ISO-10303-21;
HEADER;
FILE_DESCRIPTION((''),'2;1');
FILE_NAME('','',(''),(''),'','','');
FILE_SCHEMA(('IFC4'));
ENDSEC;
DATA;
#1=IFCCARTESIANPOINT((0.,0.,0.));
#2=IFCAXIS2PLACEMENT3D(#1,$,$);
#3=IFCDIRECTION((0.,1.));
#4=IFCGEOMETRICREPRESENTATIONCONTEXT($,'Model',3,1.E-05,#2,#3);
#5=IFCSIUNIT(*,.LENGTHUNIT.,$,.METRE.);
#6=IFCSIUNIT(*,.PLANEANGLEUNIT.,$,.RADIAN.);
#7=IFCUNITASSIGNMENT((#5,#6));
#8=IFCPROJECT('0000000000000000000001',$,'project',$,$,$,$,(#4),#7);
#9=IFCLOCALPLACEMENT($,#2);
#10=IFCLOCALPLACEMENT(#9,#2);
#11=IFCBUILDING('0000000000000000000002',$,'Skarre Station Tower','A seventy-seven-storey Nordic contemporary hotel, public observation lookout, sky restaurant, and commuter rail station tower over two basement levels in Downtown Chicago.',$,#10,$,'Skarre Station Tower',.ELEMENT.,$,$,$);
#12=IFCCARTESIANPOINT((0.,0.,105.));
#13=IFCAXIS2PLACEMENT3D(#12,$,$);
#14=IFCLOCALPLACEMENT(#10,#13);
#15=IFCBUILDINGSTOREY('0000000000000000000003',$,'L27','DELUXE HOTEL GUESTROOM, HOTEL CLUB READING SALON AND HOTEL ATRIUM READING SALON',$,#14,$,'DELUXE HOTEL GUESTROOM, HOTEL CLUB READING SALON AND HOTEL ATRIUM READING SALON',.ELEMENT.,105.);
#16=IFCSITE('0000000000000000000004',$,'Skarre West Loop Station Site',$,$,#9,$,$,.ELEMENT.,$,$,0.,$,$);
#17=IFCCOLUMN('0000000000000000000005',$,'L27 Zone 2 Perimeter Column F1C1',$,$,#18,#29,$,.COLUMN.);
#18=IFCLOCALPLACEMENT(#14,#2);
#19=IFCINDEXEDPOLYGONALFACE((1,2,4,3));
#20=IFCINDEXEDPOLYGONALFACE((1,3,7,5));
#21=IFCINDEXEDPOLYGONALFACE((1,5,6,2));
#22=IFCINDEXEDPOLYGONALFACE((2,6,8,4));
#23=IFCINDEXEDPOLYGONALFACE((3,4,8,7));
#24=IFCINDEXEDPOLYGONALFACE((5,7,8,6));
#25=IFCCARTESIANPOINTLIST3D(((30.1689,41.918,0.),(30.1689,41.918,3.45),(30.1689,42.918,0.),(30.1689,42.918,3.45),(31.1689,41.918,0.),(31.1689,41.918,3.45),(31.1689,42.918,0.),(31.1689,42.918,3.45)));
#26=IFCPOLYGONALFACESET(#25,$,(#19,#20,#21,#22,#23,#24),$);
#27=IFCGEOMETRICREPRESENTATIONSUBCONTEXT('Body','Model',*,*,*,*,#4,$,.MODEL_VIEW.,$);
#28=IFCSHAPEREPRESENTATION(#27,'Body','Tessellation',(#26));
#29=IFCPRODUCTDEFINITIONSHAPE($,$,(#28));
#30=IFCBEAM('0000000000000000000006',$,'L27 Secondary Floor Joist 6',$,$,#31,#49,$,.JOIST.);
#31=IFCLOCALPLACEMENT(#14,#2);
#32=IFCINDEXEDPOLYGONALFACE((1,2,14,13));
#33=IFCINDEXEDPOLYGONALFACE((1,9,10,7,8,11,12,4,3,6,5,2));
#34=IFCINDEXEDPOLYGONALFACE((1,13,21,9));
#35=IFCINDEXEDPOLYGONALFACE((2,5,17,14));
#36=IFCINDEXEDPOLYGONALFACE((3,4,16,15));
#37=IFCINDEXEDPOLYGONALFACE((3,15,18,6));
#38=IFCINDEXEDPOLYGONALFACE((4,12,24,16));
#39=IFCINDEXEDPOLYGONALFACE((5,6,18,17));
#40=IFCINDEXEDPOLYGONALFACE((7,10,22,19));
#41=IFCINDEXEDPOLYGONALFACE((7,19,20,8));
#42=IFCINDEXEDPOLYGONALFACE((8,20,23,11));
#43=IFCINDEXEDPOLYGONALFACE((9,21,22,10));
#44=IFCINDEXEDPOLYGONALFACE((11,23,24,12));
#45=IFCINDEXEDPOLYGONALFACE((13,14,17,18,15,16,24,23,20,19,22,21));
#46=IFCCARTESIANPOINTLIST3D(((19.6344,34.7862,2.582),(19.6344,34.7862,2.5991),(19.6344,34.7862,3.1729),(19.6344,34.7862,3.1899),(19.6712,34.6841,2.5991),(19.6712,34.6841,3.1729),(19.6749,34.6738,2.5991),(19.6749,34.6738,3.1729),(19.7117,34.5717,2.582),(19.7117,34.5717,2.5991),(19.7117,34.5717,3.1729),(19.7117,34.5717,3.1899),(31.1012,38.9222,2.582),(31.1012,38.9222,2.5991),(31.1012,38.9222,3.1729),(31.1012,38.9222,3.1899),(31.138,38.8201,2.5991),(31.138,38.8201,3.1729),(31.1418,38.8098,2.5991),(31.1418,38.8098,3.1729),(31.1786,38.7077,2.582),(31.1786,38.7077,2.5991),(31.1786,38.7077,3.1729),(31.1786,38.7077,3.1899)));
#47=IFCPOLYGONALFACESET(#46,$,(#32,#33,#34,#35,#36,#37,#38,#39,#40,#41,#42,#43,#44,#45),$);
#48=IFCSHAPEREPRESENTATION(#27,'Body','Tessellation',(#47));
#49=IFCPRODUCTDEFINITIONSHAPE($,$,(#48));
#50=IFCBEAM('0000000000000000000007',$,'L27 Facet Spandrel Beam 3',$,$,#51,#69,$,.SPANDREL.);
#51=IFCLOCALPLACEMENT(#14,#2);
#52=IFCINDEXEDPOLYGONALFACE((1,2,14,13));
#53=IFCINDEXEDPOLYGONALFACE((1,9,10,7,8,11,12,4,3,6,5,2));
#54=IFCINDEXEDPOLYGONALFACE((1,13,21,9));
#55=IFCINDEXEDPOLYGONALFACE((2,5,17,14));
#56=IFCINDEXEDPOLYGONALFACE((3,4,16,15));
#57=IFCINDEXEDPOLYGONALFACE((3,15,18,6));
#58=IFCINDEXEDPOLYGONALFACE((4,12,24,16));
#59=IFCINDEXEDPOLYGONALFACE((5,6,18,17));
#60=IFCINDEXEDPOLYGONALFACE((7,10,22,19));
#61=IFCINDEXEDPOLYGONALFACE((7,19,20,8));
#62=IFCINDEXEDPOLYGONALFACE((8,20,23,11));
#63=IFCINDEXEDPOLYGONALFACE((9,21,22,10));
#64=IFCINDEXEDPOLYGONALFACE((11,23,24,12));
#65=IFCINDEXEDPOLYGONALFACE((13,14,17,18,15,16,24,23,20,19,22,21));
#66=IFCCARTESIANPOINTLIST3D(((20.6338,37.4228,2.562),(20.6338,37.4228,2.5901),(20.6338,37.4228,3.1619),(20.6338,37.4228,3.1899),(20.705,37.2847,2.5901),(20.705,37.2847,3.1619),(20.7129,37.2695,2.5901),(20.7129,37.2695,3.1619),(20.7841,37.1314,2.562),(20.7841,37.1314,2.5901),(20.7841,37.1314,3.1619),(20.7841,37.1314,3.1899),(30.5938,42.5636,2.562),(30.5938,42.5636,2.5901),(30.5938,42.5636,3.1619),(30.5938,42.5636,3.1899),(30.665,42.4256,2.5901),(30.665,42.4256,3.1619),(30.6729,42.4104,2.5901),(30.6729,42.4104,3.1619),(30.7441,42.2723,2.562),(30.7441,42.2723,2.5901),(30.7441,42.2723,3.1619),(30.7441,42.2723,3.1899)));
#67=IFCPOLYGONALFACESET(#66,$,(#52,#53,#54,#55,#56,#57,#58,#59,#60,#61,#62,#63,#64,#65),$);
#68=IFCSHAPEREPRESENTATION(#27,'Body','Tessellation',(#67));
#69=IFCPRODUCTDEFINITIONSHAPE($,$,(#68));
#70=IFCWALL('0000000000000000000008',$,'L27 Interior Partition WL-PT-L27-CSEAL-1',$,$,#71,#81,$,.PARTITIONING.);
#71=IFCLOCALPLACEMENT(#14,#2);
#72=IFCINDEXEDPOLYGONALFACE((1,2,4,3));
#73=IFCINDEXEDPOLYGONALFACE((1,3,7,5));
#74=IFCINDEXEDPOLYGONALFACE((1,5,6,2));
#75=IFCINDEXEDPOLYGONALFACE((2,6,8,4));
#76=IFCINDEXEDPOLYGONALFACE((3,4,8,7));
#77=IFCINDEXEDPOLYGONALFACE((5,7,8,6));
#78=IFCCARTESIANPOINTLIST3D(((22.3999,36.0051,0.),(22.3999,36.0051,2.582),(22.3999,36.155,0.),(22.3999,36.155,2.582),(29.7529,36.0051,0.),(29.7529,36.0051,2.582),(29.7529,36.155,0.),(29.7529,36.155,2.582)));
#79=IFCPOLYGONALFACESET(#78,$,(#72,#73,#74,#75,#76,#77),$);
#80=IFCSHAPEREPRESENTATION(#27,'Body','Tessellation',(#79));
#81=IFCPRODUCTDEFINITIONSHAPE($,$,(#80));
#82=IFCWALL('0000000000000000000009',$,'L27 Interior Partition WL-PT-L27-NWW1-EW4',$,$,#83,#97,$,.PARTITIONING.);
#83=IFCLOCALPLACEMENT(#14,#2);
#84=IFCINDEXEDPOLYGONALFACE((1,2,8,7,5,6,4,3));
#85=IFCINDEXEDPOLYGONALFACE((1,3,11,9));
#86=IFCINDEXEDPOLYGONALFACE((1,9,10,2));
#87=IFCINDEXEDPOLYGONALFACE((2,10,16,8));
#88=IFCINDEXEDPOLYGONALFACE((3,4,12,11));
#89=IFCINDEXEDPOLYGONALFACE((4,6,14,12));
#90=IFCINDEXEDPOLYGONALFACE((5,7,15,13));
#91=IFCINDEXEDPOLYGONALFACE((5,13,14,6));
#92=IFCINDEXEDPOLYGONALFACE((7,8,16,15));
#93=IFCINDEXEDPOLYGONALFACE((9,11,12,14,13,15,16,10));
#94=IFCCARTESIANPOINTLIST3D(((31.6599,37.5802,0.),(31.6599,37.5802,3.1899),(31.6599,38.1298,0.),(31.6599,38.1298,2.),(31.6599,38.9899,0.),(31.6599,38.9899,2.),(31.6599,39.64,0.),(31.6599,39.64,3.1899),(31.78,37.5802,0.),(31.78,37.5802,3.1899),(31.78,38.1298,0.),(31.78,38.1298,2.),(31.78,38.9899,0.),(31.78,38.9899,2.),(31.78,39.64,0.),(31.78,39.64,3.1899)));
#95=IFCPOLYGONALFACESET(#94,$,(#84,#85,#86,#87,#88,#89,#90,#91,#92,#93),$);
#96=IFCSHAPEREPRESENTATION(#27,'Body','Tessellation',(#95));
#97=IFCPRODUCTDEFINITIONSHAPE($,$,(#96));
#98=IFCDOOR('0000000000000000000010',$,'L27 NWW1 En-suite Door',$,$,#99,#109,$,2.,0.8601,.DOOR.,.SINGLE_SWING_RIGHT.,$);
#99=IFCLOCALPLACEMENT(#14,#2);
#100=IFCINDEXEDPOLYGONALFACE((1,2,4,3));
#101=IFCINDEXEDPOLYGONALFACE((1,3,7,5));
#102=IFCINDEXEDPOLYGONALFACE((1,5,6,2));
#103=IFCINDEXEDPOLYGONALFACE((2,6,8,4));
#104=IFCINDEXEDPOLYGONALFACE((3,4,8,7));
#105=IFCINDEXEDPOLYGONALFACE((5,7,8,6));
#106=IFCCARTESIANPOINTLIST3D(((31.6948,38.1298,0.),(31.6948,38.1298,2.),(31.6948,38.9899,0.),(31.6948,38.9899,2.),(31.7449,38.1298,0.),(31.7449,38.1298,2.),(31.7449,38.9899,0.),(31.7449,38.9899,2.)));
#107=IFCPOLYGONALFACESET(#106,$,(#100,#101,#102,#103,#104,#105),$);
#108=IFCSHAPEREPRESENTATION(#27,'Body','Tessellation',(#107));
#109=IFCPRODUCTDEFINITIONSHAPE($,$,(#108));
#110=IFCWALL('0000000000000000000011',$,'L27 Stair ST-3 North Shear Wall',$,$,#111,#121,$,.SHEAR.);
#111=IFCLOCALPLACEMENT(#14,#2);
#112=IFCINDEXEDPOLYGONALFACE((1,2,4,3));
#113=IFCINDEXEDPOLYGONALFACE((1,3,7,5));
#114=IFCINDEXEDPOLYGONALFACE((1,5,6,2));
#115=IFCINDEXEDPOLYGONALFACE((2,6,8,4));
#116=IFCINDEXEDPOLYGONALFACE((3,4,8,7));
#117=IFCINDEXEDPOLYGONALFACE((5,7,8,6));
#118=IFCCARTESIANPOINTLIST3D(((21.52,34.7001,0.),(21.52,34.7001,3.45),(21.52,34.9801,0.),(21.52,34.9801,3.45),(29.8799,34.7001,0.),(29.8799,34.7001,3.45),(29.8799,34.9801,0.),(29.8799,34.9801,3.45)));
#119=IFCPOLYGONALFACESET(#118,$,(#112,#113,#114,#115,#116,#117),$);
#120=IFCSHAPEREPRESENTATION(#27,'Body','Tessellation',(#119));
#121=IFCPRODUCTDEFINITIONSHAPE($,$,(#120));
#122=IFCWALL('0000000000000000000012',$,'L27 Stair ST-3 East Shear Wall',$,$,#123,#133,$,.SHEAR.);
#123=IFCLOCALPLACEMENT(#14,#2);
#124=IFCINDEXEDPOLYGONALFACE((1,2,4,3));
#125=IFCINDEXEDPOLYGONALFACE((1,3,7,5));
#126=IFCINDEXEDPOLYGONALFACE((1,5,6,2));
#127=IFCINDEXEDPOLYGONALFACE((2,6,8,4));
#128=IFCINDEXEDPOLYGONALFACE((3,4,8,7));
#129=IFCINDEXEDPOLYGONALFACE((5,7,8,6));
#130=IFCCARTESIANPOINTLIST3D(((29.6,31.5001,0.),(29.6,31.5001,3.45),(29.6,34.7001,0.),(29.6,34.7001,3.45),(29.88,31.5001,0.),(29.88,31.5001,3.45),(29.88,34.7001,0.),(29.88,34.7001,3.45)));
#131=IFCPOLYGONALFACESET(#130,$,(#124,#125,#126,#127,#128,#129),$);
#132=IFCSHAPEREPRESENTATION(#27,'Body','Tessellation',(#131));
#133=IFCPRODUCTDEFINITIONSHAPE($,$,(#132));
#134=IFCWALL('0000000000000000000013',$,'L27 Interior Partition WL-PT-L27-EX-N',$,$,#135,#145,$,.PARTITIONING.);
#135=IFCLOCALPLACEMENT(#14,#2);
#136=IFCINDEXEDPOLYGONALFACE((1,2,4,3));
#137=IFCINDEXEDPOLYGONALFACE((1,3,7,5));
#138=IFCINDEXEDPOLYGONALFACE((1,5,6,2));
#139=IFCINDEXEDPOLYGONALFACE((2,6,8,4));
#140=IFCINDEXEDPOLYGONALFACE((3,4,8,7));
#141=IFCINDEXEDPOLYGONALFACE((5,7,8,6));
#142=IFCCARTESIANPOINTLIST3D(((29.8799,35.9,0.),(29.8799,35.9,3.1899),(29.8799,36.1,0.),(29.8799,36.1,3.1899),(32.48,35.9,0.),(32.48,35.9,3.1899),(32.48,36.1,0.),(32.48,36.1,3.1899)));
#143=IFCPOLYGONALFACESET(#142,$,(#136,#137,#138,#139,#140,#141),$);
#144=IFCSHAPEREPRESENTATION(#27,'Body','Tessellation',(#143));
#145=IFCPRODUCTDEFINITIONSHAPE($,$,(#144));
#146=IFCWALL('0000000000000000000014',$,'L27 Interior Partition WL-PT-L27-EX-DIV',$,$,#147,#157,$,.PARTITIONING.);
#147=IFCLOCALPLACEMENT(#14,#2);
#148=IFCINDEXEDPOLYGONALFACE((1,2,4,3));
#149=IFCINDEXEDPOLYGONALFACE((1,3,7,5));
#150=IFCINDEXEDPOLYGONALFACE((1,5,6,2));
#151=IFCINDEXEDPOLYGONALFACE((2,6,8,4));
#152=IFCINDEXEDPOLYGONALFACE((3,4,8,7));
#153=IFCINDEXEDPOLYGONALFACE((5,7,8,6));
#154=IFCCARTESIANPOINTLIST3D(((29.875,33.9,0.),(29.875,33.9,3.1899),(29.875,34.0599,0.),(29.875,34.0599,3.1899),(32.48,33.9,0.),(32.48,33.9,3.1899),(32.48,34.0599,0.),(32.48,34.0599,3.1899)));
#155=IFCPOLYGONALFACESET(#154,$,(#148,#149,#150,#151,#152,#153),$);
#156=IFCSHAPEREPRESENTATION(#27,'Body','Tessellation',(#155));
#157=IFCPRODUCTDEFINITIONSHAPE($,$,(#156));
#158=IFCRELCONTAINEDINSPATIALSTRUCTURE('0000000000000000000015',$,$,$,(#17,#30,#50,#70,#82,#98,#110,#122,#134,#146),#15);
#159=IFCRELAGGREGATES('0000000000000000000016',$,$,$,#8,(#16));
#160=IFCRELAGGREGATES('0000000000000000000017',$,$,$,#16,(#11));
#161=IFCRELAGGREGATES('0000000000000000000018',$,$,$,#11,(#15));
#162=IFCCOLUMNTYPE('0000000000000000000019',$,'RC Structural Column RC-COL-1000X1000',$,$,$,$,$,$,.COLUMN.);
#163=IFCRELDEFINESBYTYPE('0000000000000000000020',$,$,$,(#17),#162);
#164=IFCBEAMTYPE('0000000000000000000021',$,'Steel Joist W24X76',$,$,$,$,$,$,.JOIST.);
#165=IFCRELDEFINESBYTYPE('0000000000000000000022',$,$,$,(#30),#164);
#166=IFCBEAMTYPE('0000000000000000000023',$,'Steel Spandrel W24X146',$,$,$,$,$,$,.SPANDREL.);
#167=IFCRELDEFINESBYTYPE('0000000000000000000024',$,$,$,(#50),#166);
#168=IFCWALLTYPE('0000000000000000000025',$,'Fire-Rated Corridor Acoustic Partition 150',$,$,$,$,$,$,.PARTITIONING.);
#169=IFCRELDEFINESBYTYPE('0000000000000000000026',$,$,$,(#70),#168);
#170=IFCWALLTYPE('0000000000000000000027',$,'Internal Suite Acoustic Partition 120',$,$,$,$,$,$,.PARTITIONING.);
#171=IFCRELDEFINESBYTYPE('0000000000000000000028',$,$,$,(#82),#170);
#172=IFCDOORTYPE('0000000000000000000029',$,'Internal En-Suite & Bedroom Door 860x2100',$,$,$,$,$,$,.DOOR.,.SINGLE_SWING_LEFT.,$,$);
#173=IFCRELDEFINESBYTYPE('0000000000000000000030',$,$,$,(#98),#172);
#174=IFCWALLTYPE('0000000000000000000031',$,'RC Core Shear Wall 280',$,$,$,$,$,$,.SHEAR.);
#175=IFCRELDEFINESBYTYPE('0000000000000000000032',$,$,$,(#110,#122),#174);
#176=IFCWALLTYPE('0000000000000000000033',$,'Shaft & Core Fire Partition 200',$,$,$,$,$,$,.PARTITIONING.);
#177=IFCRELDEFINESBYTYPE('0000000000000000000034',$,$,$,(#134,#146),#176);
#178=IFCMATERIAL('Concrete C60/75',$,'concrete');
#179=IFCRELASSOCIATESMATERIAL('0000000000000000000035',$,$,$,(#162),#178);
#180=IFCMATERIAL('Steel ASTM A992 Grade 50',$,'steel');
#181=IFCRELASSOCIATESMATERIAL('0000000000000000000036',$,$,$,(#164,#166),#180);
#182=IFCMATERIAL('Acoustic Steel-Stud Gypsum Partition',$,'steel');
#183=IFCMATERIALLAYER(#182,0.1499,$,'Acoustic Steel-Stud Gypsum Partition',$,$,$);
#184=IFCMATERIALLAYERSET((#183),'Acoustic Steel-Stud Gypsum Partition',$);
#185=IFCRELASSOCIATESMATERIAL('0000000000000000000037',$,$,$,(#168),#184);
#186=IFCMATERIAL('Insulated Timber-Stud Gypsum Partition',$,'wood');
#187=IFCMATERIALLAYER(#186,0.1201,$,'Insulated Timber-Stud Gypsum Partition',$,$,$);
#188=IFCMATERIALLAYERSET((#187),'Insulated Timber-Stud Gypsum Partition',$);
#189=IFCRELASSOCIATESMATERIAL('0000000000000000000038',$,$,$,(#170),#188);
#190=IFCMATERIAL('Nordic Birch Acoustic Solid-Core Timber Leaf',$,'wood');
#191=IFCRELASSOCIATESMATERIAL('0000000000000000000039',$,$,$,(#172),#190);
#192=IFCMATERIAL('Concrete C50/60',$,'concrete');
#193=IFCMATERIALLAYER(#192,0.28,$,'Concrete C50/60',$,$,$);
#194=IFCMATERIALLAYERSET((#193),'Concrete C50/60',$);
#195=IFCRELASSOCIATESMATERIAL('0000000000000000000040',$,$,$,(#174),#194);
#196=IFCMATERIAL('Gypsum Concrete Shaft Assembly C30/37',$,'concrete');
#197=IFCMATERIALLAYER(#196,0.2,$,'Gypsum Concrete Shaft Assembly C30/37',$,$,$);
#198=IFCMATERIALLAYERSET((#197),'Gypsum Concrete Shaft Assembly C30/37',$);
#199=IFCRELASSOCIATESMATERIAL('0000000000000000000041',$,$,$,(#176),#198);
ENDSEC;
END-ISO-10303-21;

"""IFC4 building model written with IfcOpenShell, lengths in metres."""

from ifc_helpers import new_model, si_unit, direction, frame, frame_2d, origin, origin_2d, place, context, subcontext, project, spatial, rectangle, i_section, extrude, material, layer, layer_set, material_profile, profile_set, type_object, element, fill, save


model = new_model("IFC4")

# Units and contexts
model_context = context("Model", 3, precision=1e-05, world=origin(), true_north=direction((0.0, 1.0)))
body_context = subcontext(model_context, "Body", "Model", "MODEL_VIEW")
ifc_project = project(units=[si_unit("LENGTHUNIT", "METRE"), si_unit("PLANEANGLEUNIT", "RADIAN")], contexts=[model_context])

# Site, building, storey
site_placement = place(None, origin())
site = spatial("IfcSite", under=ifc_project, at=site_placement, Name="Skarre West Loop Station Site", CompositionType="ELEMENT", RefElevation=0.0)
building_placement = place(site_placement, origin())
building = spatial("IfcBuilding", under=site, at=building_placement, Name="Skarre Station Tower", Description="A seventy-seven-storey Nordic contemporary hotel, public observation lookout, sky restaurant, and commuter rail station tower over two basement levels in Downtown Chicago.", LongName="Skarre Station Tower", CompositionType="ELEMENT")
storey_placement = place(building_placement, frame((0.0, 0.0, 105.0)))
storey = spatial("IfcBuildingStorey", under=building, at=storey_placement, Name="L27", Description="DELUXE HOTEL GUESTROOM, HOTEL CLUB READING SALON AND HOTEL ATRIUM READING SALON", LongName="DELUXE HOTEL GUESTROOM, HOTEL CLUB READING SALON AND HOTEL ATRIUM READING SALON", CompositionType="ELEMENT", Elevation=105.0)

# Column
ifc_material_1 = material(Name="Concrete C60/75", Category="concrete")
ifc_material_profile_1 = material_profile(ifc_material_1, rectangle(XDim=1.0, YDim=1.0, at=origin_2d()), Name="Concrete C60/75")
ifc_profile_set_1 = profile_set([ifc_material_profile_1], Name="Concrete C60/75")
column_type = type_object("IfcColumnType", Name="RC Structural Column RC-COL-1000X1000", PredefinedType="COLUMN", material=ifc_profile_set_1)
column_placement = place(storey_placement, frame((30.6689, 42.418, 0.0), z_axis=(0.0, 0.0, 1.0), x_axis=(1.0, 0.0, 0.0)))
element("IfcColumn", 1, at=column_placement, inside=storey, type_object=column_type, Name="L27 Zone 2 Perimeter Column F1C1", PredefinedType="COLUMN", context=body_context, shape_type="SweptSolid", body=[
    extrude(rectangle(XDim=1.0, YDim=1.0, at=origin_2d()), origin(), (0.0, 0.0, 1.0), 3.45),
])

# Beams
ifc_material_2 = material(Name="Steel ASTM A992 Grade 50", Category="steel")
ifc_material_profile_2 = material_profile(ifc_material_2, i_section(OverallWidth=0.228, OverallDepth=0.6079, WebThickness=0.011, FlangeThickness=0.0171, at=origin_2d()), Name="Steel ASTM A992 Grade 50")
ifc_profile_set_2 = profile_set([ifc_material_profile_2], Name="Steel ASTM A992 Grade 50")
beam_type_1 = type_object("IfcBeamType", Name="Steel Joist W24X76", PredefinedType="JOIST", material=ifc_profile_set_2)
beam_1_placement = place(storey_placement, frame((31.1399, 38.8149, 2.886), z_axis=(-0.94068, -0.339296, 0.0), x_axis=(0.339296, -0.94068, 0.0)))
element("IfcBeam", 2, at=beam_1_placement, inside=storey, type_object=beam_type_1, Name="L27 Secondary Floor Joist 6", PredefinedType="JOIST", context=body_context, shape_type="SweptSolid", body=[
    extrude(i_section(OverallWidth=0.228, OverallDepth=0.6079, WebThickness=0.011, FlangeThickness=0.0171, at=origin_2d()), origin(), (0.0, 0.0, 1.0), 12.1899),
])
ifc_material_profile_3 = material_profile(ifc_material_2, i_section(OverallWidth=0.3279, OverallDepth=0.6279, WebThickness=0.0171, FlangeThickness=0.0281, at=origin_2d()), Name="Steel ASTM A992 Grade 50")
ifc_profile_set_3 = profile_set([ifc_material_profile_3], Name="Steel ASTM A992 Grade 50")
beam_type_2 = type_object("IfcBeamType", Name="Steel Spandrel W24X146", PredefinedType="SPANDREL", material=ifc_profile_set_3)
beam_2_placement = place(storey_placement, frame((30.6689, 42.418, 2.876), z_axis=(-0.888612, -0.45866, 0.0), x_axis=(0.45866, -0.888612, 0.0)))
element("IfcBeam", 3, at=beam_2_placement, inside=storey, type_object=beam_type_2, Name="L27 Facet Spandrel Beam 3", PredefinedType="SPANDREL", context=body_context, shape_type="SweptSolid", body=[
    extrude(i_section(OverallWidth=0.3279, OverallDepth=0.6279, WebThickness=0.0171, FlangeThickness=0.0281, at=origin_2d()), origin(), (0.0, 0.0, 1.0), 11.2085),
])

# Wall
ifc_material_3 = material(Name="Acoustic Steel-Stud Gypsum Partition", Category="steel")
ifc_layer_1 = layer(ifc_material_3, 0.1499, Name="Acoustic Steel-Stud Gypsum Partition")
ifc_layer_set_1 = layer_set([ifc_layer_1], Name="Acoustic Steel-Stud Gypsum Partition")
wall_type_1 = type_object("IfcWallType", Name="Fire-Rated Corridor Acoustic Partition 150", PredefinedType="PARTITIONING", material=ifc_layer_set_1)
wall_1_placement = place(storey_placement, frame((29.7529, 36.0801, 0.0), z_axis=(0.0, 0.0, 1.0), x_axis=(-1.0, 0.0, 0.0)))
element("IfcWall", 4, at=wall_1_placement, inside=storey, type_object=wall_type_1, Name="L27 Interior Partition WL-PT-L27-CSEAL-1", PredefinedType="PARTITIONING", context=body_context, shape_type="SweptSolid", body=[
    extrude(rectangle(XDim=7.353, YDim=0.1499, at=frame_2d((3.6765, 0.0))), origin(), (0.0, 0.0, 1.0), 2.582),
])

# Wall, opening, door
ifc_material_4 = material(Name="Insulated Timber-Stud Gypsum Partition", Category="wood")
ifc_layer_2 = layer(ifc_material_4, 0.1201, Name="Insulated Timber-Stud Gypsum Partition")
ifc_layer_set_2 = layer_set([ifc_layer_2], Name="Insulated Timber-Stud Gypsum Partition")
wall_type_2 = type_object("IfcWallType", Name="Internal Suite Acoustic Partition 120", PredefinedType="PARTITIONING", material=ifc_layer_set_2)
wall_2_placement = place(storey_placement, frame((31.72, 39.6399, 0.0), z_axis=(0.0, 0.0, 1.0), x_axis=(0.0, -1.0, 0.0)))
wall_2 = element("IfcWall", 5, at=wall_2_placement, inside=storey, type_object=wall_type_2, Name="L27 Interior Partition WL-PT-L27-NWW1-EW4", PredefinedType="PARTITIONING", context=body_context, shape_type="SweptSolid", body=[
    extrude(rectangle(XDim=2.0598, YDim=0.1201, at=frame_2d((1.0298, 0.0))), origin(), (0.0, 0.0, 1.0), 3.1899),
])
opening_placement = place(wall_2_placement, frame((0.6499, 0.0, 0.0)))
opening = element("IfcOpeningElement", 6, at=opening_placement, cuts=wall_2, PredefinedType="OPENING", context=body_context, shape_type="SweptSolid", body=[
    extrude(rectangle(XDim=0.8601, YDim=2.0, at=frame_2d((0.4302, 1.0))), frame((0.0, 0.0701, 0.0), z_axis=(0.0, -1.0, 0.0), x_axis=(1.0, 0.0, 0.0)), (0.0, 0.0, 1.0), 0.1401),
])
ifc_material_5 = material(Name="Nordic Birch Acoustic Solid-Core Timber Leaf", Category="wood")
door_type = type_object("IfcDoorType", Name="Internal En-Suite & Bedroom Door 860x2100", OperationType="SINGLE_SWING_LEFT", PredefinedType="DOOR", material=ifc_material_5)
door_placement = place(opening_placement, origin())
door = element("IfcDoor", 7, at=door_placement, inside=storey, type_object=door_type, Name="L27 NWW1 En-suite Door", OperationType="SINGLE_SWING_RIGHT", OverallHeight=2.0, OverallWidth=0.8601, PredefinedType="DOOR", context=body_context, shape_type="SweptSolid", body=[
    extrude(rectangle(XDim=0.8601, YDim=2.0, at=frame_2d((0.4302, 1.0))), frame((0.0, 0.0249, 0.0), z_axis=(0.0, -1.0, 0.0), x_axis=(1.0, 0.0, 0.0)), (0.0, 0.0, 1.0), 0.05),
])
fill(opening, door)

# Walls
ifc_material_6 = material(Name="Concrete C50/60", Category="concrete")
ifc_layer_3 = layer(ifc_material_6, 0.28, Name="Concrete C50/60")
ifc_layer_set_3 = layer_set([ifc_layer_3], Name="Concrete C50/60")
wall_type_3 = type_object("IfcWallType", Name="RC Core Shear Wall 280", PredefinedType="SHEAR", material=ifc_layer_set_3)
wall_3_placement = place(storey_placement, frame((29.8799, 34.8401, 0.0), z_axis=(0.0, 0.0, 1.0), x_axis=(-1.0, 0.0, 0.0)))
element("IfcWall", 8, at=wall_3_placement, inside=storey, type_object=wall_type_3, Name="L27 Stair ST-3 North Shear Wall", PredefinedType="SHEAR", context=body_context, shape_type="SweptSolid", body=[
    extrude(rectangle(XDim=8.3599, YDim=0.28, at=frame_2d((4.1799, 0.0))), origin(), (0.0, 0.0, 1.0), 3.45),
])
wall_4_placement = place(storey_placement, frame((29.74, 31.5, 0.0), z_axis=(0.0, 0.0, 1.0), x_axis=(0.0, 1.0, 0.0)))
element("IfcWall", 9, at=wall_4_placement, inside=storey, type_object=wall_type_3, Name="L27 Stair ST-3 East Shear Wall", PredefinedType="SHEAR", context=body_context, shape_type="SweptSolid", body=[
    extrude(rectangle(XDim=3.2, YDim=0.28, at=frame_2d((1.6001, 0.0))), origin(), (0.0, 0.0, 1.0), 3.45),
])
ifc_material_7 = material(Name="Gypsum Concrete Shaft Assembly C30/37", Category="concrete")
ifc_layer_4 = layer(ifc_material_7, 0.2, Name="Gypsum Concrete Shaft Assembly C30/37")
ifc_layer_set_4 = layer_set([ifc_layer_4], Name="Gypsum Concrete Shaft Assembly C30/37")
wall_type_4 = type_object("IfcWallType", Name="Shaft & Core Fire Partition 200", PredefinedType="PARTITIONING", material=ifc_layer_set_4)
wall_5_placement = place(storey_placement, frame((29.8799, 36.0, 0.0), z_axis=(0.0, 0.0, 1.0), x_axis=(1.0, 0.0, 0.0)))
element("IfcWall", 10, at=wall_5_placement, inside=storey, type_object=wall_type_4, Name="L27 Interior Partition WL-PT-L27-EX-N", PredefinedType="PARTITIONING", context=body_context, shape_type="SweptSolid", body=[
    extrude(rectangle(XDim=2.6001, YDim=0.2, at=frame_2d((1.3, 0.0))), origin(), (0.0, 0.0, 1.0), 3.1899),
])
wall_6_placement = place(storey_placement, frame((29.875, 33.98, 0.0), z_axis=(0.0, 0.0, 1.0), x_axis=(1.0, 0.0, 0.0)))
element("IfcWall", 11, at=wall_6_placement, inside=storey, type_object=wall_type_4, Name="L27 Interior Partition WL-PT-L27-EX-DIV", PredefinedType="PARTITIONING", context=body_context, shape_type="SweptSolid", body=[
    extrude(rectangle(XDim=2.605, YDim=0.1599, at=frame_2d((1.3025, 0.0))), origin(), (0.0, 0.0, 1.0), 3.1899),
])

save(model, "model.ifc")
